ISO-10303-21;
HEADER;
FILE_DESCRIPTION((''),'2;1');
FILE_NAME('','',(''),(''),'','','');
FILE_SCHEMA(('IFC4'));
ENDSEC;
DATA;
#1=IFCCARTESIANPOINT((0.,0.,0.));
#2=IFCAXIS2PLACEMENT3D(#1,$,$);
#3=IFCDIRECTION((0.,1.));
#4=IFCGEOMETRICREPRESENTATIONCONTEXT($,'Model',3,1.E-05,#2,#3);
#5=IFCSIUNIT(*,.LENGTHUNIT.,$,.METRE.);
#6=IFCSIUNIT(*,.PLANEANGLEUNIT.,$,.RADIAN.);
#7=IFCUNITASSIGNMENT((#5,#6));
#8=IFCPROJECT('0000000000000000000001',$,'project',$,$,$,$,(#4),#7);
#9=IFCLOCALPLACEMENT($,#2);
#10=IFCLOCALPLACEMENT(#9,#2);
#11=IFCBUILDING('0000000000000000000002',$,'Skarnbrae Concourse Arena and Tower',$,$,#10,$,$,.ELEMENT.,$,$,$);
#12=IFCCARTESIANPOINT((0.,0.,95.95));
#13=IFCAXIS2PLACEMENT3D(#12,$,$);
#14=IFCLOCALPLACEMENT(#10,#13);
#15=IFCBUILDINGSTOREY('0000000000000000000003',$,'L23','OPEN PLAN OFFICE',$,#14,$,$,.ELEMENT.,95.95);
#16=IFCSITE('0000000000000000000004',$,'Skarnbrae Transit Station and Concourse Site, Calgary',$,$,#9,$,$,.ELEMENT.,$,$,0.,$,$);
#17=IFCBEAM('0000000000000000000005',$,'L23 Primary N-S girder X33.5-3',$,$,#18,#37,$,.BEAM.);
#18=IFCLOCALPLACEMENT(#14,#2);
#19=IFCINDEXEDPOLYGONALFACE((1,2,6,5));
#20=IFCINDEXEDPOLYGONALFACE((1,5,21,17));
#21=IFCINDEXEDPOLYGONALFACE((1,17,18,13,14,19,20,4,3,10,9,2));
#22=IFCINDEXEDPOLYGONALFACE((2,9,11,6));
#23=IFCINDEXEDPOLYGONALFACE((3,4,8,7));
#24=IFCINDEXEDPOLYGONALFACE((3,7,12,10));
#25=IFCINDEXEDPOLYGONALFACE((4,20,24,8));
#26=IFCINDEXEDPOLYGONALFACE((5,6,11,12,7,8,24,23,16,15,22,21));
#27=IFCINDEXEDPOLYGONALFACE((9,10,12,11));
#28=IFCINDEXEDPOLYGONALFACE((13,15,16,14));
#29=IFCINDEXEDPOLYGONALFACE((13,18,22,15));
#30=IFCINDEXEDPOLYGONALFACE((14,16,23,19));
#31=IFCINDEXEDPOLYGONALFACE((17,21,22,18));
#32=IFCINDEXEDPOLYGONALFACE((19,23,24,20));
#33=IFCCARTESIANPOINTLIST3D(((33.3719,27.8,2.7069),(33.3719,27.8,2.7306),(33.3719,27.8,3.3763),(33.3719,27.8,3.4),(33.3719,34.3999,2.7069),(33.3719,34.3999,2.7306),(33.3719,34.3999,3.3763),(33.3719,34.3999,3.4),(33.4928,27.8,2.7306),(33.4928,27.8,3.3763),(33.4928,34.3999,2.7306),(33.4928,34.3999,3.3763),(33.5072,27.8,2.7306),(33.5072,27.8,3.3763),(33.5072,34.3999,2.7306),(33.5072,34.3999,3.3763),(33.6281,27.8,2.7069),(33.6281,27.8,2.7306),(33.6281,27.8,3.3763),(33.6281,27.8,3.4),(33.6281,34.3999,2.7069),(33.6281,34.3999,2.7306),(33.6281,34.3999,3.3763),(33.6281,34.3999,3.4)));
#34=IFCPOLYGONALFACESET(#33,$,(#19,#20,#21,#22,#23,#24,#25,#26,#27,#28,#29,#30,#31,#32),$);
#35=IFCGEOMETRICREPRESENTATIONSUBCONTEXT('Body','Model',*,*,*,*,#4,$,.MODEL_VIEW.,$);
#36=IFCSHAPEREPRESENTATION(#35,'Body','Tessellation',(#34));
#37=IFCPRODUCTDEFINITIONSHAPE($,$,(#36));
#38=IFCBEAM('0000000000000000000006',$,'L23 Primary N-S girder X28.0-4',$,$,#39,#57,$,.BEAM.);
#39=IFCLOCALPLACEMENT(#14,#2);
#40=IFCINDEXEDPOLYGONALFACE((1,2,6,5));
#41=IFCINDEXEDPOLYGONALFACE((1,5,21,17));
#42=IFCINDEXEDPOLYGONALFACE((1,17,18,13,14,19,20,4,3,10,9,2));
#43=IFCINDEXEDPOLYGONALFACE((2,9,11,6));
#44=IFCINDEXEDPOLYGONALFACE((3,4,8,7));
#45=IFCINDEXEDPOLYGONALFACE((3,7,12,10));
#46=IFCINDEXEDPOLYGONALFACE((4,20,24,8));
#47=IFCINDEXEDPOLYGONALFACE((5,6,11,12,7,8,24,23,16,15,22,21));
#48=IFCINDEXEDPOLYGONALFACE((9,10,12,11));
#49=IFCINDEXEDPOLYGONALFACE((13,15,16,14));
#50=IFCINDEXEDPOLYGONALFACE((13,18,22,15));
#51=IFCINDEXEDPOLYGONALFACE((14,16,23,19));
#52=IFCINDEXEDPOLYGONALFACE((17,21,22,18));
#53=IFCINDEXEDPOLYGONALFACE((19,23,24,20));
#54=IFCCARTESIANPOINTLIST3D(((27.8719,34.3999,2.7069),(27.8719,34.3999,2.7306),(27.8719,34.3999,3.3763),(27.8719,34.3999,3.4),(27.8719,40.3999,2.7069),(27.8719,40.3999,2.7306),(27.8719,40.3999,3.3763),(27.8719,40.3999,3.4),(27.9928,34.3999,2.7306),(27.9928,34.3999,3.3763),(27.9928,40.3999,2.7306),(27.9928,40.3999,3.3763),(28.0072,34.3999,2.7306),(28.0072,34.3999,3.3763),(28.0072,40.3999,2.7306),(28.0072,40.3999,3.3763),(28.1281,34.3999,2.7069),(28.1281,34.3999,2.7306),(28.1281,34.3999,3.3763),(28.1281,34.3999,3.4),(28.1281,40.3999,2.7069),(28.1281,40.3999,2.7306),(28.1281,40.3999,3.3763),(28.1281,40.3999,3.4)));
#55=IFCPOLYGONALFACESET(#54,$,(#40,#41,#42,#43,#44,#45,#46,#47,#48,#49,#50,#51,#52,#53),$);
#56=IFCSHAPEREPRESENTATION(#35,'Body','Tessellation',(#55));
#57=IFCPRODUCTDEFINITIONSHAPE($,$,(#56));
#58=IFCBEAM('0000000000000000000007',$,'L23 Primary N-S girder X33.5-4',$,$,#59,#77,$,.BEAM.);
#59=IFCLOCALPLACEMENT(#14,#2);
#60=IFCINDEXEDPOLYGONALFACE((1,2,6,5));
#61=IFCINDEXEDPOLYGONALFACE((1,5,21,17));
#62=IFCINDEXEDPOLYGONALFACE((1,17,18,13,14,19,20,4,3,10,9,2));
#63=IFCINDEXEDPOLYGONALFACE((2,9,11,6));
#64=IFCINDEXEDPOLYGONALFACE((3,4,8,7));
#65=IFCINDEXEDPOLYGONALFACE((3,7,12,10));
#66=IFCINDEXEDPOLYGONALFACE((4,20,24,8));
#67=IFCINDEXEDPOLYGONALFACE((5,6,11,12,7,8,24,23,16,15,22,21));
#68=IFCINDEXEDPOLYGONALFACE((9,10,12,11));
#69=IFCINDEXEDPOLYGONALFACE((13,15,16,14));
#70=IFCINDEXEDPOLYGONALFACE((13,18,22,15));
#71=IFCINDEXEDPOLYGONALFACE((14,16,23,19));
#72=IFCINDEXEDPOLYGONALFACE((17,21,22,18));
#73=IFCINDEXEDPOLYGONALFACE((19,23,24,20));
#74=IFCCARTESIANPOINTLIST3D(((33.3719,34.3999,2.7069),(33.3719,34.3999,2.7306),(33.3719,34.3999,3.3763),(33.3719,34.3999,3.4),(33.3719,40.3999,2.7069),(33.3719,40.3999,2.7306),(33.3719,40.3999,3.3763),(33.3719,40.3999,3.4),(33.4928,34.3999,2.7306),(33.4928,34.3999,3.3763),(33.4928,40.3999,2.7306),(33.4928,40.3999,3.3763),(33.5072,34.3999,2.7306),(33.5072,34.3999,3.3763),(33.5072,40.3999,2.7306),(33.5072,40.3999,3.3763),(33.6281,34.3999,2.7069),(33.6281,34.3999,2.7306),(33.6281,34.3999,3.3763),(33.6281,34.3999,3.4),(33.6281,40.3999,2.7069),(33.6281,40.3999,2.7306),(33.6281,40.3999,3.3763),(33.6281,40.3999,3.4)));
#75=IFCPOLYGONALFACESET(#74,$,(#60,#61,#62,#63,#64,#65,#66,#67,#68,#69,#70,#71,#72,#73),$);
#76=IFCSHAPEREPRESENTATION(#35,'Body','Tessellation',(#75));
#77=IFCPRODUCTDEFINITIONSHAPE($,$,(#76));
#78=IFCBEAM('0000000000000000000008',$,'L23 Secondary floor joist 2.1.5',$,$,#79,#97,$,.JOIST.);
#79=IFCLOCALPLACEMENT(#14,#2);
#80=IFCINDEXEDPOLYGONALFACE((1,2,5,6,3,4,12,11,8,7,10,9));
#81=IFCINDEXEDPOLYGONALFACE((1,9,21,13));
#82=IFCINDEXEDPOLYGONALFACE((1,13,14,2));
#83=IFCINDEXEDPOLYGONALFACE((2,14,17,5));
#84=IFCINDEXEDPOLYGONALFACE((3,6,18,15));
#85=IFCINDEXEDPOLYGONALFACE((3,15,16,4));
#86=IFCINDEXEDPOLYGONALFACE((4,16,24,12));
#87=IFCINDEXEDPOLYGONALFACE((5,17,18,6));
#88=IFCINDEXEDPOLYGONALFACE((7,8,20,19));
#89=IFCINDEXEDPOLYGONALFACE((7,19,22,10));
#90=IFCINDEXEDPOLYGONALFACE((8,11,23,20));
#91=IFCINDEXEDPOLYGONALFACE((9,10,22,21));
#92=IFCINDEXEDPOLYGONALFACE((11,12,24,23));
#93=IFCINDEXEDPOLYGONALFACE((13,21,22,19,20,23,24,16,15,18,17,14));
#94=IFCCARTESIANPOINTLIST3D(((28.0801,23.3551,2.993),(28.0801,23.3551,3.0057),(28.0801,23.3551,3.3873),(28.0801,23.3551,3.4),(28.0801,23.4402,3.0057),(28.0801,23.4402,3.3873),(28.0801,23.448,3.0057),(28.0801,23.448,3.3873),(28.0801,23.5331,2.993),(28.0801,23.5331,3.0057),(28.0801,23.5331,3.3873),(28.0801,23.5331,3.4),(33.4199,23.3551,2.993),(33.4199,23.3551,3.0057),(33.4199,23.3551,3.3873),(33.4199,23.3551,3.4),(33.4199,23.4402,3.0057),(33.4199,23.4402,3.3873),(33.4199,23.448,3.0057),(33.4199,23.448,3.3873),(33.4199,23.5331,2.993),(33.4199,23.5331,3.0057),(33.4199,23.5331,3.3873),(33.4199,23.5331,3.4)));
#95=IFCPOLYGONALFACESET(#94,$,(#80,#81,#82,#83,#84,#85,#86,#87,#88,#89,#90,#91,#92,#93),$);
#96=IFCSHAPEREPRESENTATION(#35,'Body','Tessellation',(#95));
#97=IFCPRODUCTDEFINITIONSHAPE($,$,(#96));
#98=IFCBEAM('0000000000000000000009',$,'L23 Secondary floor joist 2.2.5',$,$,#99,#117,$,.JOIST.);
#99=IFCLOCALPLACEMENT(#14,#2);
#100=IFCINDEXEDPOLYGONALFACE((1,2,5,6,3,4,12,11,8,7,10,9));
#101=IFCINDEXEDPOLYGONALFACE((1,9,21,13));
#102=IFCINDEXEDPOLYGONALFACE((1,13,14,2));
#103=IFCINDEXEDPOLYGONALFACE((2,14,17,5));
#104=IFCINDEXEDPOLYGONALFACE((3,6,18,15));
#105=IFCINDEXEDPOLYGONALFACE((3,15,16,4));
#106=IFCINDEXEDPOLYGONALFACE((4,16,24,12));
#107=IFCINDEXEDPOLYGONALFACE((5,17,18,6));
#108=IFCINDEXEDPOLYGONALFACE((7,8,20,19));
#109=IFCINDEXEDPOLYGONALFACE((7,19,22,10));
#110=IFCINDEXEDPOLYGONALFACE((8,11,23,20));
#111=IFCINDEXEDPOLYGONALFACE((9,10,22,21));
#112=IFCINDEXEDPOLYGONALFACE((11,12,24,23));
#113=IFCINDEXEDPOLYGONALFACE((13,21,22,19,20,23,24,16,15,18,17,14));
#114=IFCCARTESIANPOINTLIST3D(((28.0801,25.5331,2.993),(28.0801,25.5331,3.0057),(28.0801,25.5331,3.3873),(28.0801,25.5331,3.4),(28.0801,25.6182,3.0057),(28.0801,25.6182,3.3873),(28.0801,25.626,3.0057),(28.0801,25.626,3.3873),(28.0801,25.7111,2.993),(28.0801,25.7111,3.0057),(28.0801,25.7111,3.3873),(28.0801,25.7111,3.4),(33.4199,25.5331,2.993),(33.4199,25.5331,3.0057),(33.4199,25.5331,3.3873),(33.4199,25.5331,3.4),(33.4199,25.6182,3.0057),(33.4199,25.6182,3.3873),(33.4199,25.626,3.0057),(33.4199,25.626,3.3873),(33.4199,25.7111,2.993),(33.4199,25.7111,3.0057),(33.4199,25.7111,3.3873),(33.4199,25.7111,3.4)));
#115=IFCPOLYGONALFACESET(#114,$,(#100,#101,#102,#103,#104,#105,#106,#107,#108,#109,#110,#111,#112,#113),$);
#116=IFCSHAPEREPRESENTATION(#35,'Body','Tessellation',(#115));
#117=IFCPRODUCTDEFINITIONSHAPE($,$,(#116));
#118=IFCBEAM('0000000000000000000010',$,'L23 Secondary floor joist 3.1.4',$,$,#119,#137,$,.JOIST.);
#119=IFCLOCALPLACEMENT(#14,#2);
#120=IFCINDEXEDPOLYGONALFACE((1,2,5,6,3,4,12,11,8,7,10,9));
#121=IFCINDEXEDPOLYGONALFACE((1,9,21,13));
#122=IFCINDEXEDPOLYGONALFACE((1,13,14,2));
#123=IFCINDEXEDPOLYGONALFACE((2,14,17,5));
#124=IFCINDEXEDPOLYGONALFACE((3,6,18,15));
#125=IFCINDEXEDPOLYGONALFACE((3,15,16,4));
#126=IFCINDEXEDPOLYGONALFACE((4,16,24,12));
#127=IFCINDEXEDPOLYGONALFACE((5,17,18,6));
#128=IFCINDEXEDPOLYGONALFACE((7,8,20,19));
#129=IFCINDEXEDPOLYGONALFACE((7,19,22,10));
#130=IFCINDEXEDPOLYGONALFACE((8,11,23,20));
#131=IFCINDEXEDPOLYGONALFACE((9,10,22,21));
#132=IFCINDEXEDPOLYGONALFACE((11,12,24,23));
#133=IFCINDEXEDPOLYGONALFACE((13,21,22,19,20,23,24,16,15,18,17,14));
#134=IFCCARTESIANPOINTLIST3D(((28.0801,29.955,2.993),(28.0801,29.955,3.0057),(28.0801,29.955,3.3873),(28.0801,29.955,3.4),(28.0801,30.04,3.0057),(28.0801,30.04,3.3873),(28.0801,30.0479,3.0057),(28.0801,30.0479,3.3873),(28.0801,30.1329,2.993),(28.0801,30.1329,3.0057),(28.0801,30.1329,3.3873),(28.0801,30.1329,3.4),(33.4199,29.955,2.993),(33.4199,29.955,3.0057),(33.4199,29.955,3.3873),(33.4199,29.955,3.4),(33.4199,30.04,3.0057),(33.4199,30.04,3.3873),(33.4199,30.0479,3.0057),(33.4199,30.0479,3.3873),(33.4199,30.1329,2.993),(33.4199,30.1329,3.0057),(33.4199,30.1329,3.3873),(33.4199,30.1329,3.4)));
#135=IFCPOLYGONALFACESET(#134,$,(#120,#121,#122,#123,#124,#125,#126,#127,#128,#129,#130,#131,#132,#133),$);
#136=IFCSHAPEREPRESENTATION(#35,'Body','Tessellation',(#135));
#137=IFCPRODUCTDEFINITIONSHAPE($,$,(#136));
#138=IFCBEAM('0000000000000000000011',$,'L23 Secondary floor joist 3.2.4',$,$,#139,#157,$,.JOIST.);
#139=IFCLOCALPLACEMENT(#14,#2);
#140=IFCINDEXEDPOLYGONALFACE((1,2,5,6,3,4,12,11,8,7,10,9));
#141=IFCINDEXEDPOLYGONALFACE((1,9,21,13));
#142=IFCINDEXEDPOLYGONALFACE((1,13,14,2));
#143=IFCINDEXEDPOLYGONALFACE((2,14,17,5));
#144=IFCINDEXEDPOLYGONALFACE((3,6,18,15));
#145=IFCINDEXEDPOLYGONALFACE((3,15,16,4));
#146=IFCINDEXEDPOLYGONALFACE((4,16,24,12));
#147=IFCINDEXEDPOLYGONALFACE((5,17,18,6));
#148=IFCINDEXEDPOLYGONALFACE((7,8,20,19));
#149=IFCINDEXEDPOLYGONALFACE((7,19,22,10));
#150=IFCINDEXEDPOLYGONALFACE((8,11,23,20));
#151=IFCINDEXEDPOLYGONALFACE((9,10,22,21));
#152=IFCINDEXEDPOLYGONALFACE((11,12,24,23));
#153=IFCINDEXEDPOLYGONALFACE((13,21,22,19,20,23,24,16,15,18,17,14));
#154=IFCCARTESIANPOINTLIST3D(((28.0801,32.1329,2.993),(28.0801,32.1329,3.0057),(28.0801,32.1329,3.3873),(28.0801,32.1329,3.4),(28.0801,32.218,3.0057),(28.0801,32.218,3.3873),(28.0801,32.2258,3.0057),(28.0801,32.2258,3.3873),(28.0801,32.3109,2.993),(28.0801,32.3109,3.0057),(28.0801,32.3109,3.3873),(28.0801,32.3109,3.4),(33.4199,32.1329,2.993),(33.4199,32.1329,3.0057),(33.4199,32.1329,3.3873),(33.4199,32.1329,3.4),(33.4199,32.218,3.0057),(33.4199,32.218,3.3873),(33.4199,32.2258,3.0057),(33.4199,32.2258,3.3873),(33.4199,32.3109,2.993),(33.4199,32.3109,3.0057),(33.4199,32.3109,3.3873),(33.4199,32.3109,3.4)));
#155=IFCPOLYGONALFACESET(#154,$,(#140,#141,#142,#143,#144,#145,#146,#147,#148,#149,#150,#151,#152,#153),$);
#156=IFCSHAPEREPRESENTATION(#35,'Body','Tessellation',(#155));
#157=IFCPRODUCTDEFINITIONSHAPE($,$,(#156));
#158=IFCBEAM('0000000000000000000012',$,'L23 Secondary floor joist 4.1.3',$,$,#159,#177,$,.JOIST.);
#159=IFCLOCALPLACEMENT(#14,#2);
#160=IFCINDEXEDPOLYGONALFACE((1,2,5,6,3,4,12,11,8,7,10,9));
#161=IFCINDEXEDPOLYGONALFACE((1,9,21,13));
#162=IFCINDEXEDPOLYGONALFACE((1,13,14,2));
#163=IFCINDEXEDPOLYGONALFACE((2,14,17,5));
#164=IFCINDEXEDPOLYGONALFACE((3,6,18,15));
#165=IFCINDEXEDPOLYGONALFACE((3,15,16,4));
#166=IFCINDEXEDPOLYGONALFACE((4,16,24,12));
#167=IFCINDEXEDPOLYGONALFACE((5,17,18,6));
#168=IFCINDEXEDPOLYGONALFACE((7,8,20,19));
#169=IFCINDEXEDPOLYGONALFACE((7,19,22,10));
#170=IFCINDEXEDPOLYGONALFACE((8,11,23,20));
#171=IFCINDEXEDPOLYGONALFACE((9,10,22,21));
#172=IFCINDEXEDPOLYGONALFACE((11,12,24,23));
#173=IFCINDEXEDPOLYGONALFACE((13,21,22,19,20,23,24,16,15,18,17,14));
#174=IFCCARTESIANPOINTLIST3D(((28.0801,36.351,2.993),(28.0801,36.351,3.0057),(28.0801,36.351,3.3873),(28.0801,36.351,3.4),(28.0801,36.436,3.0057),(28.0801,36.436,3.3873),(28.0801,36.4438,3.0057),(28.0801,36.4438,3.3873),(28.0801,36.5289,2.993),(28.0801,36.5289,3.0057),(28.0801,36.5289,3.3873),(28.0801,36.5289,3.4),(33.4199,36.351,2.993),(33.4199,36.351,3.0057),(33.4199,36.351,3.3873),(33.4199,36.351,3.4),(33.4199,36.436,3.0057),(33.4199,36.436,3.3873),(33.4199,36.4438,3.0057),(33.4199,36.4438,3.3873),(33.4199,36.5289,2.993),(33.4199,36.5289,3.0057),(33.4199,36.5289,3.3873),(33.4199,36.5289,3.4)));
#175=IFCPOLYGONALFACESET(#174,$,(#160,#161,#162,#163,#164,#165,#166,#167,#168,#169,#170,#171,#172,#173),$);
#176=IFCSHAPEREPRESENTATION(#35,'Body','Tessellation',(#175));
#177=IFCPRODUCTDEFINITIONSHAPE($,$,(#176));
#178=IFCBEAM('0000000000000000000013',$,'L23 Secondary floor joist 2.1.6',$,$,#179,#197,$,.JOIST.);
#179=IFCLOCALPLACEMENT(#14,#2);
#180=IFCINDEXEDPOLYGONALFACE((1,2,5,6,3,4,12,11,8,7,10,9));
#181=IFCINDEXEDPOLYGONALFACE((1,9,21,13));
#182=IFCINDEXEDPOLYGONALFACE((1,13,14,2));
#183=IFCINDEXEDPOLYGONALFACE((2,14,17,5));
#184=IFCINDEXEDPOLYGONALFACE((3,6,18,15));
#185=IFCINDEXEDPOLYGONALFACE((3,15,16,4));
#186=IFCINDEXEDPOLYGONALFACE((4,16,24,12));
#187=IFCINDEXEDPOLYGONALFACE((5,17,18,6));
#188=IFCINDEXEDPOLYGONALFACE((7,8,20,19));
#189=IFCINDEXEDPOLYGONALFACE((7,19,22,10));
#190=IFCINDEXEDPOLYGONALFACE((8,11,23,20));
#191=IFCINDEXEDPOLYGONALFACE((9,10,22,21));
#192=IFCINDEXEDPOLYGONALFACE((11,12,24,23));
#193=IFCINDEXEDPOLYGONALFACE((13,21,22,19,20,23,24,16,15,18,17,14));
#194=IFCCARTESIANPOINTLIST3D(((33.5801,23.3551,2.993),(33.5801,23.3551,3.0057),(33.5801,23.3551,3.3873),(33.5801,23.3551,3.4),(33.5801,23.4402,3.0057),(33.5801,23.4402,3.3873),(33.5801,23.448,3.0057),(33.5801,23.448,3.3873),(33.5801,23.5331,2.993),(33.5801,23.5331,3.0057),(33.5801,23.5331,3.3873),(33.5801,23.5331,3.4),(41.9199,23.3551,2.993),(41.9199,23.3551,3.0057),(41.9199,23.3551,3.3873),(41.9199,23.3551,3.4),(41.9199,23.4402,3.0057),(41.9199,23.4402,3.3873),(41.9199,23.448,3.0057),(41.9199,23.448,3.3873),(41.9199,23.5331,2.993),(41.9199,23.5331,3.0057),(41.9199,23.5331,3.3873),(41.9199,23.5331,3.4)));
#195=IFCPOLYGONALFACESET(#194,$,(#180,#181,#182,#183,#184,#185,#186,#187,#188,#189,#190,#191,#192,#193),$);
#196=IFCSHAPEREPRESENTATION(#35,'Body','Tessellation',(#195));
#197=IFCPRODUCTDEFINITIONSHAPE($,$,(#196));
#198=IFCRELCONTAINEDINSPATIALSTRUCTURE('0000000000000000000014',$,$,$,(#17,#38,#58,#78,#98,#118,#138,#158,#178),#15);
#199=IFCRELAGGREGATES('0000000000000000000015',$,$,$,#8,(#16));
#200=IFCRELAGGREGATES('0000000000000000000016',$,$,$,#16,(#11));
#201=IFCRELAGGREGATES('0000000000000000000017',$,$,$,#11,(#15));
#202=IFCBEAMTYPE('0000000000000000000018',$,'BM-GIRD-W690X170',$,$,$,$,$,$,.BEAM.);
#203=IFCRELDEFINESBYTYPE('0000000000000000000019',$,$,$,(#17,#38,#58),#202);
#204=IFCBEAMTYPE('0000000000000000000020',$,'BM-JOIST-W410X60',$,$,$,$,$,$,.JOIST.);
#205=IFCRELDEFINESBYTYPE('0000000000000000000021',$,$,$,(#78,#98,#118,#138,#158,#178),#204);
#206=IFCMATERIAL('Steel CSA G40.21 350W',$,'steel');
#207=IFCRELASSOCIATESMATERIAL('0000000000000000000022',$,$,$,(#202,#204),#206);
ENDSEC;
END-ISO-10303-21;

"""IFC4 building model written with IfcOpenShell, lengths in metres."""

from ifc_helpers import new_model, si_unit, direction, frame, origin, origin_2d, place, context, subcontext, project, spatial, i_section, extrude, source, transform, mapped, material, material_profile, profile_set, type_object, element, save


model = new_model("IFC4")

# Units and contexts
model_context = context("Model", 3, precision=1e-05, world=origin(), true_north=direction((0.0, 1.0)))
body_context = subcontext(model_context, "Body", "Model", "MODEL_VIEW")
ifc_project = project(units=[si_unit("LENGTHUNIT", "METRE"), si_unit("PLANEANGLEUNIT", "RADIAN")], contexts=[model_context])

# Site, building, storey
site_placement = place(None, origin())
site = spatial("IfcSite", under=ifc_project, at=site_placement, Name="Skarnbrae Transit Station and Concourse Site, Calgary", CompositionType="ELEMENT", RefElevation=0.0)
building_placement = place(site_placement, origin())
building = spatial("IfcBuilding", under=site, at=building_placement, Name="Skarnbrae Concourse Arena and Tower", CompositionType="ELEMENT")
storey_placement = place(building_placement, frame((0.0, 0.0, 95.95)))
storey = spatial("IfcBuildingStorey", under=building, at=storey_placement, Name="L23", Description="OPEN PLAN OFFICE", CompositionType="ELEMENT", Elevation=95.95)

# Shared definitions
ifc_material_1 = material(Name="Steel CSA G40.21 350W", Category="steel")

# Beams
ifc_material_profile_1 = material_profile(ifc_material_1, i_section(OverallWidth=0.2561, OverallDepth=0.6931, WebThickness=0.0144, FlangeThickness=0.0237, at=origin_2d()), Name="W690X170")
ifc_profile_set_1 = profile_set([ifc_material_profile_1], Name="Steel CSA G40.21 350W")
beam_type_1 = type_object("IfcBeamType", Name="BM-GIRD-W690X170", PredefinedType="BEAM", material=ifc_profile_set_1)
shared_shape_1 = source(origin(), body_context, "Body", "SweptSolid", [
    extrude(i_section(OverallWidth=0.2561, OverallDepth=0.6931, WebThickness=0.0144, FlangeThickness=0.0237, at=origin_2d()), origin(), (0.0, 0.0, 1.0), 6.5999),
])
for number, where, z_axis, x_axis, name in (
    (1, (33.5, 27.8, 3.0535), (0.0, 1.0, 0.0), (-1.0, 0.0, 0.0), "L23 Primary N-S girder X33.5-3"),
):
    element("IfcBeam", number, at=place(storey_placement, frame(where, z_axis=z_axis, x_axis=x_axis)), inside=storey, type_object=beam_type_1, Name=name, PredefinedType="BEAM", context=body_context, shape_type="MappedRepresentation", body=[
        mapped(shared_shape_1, transform((0.0, 0.0, 0.0))),
    ])
shared_shape_2 = source(origin(), body_context, "Body", "SweptSolid", [
    extrude(i_section(OverallWidth=0.2561, OverallDepth=0.6931, WebThickness=0.0144, FlangeThickness=0.0237, at=origin_2d()), origin(), (0.0, 0.0, 1.0), 6.0),
])
for number, where, z_axis, x_axis, name in (
    (2, (28.0, 34.3999, 3.0535), (0.0, 1.0, 0.0), (-1.0, 0.0, 0.0), "L23 Primary N-S girder X28.0-4"),
    (3, (33.5, 34.3999, 3.0535), (0.0, 1.0, 0.0), (-1.0, 0.0, 0.0), "L23 Primary N-S girder X33.5-4"),
):
    element("IfcBeam", number, at=place(storey_placement, frame(where, z_axis=z_axis, x_axis=x_axis)), inside=storey, type_object=beam_type_1, Name=name, PredefinedType="BEAM", context=body_context, shape_type="MappedRepresentation", body=[
        mapped(shared_shape_2, transform((0.0, 0.0, 0.0))),
    ])
ifc_material_profile_2 = material_profile(ifc_material_1, i_section(OverallWidth=0.178, OverallDepth=0.407, WebThickness=0.0078, FlangeThickness=0.0127, at=origin_2d()), Name="W410X60")
ifc_profile_set_2 = profile_set([ifc_material_profile_2], Name="Steel CSA G40.21 350W")
beam_type_2 = type_object("IfcBeamType", Name="BM-JOIST-W410X60", PredefinedType="JOIST", material=ifc_profile_set_2)
shared_shape_3 = source(origin(), body_context, "Body", "SweptSolid", [
    extrude(i_section(OverallWidth=0.178, OverallDepth=0.407, WebThickness=0.0078, FlangeThickness=0.0127, at=origin_2d()), origin(), (0.0, 0.0, 1.0), 5.3398),
])
for number, where, z_axis, x_axis, name in (
    (4, (28.0801, 23.4441, 3.1965), (1.0, 0.0, 0.0), (0.0, 1.0, 0.0), "L23 Secondary floor joist 2.1.5"),
    (5, (28.0801, 25.6221, 3.1965), (1.0, 0.0, 0.0), (0.0, 1.0, 0.0), "L23 Secondary floor joist 2.2.5"),
    (6, (28.0801, 30.0439, 3.1965), (1.0, 0.0, 0.0), (0.0, 1.0, 0.0), "L23 Secondary floor joist 3.1.4"),
    (7, (28.0801, 32.2219, 3.1965), (1.0, 0.0, 0.0), (0.0, 1.0, 0.0), "L23 Secondary floor joist 3.2.4"),
    (8, (28.0801, 36.4399, 3.1965), (1.0, 0.0, 0.0), (0.0, 1.0, 0.0), "L23 Secondary floor joist 4.1.3"),
):
    element("IfcBeam", number, at=place(storey_placement, frame(where, z_axis=z_axis, x_axis=x_axis)), inside=storey, type_object=beam_type_2, Name=name, PredefinedType="JOIST", context=body_context, shape_type="MappedRepresentation", body=[
        mapped(shared_shape_3, transform((0.0, 0.0, 0.0))),
    ])
shared_shape_4 = source(origin(), body_context, "Body", "SweptSolid", [
    extrude(i_section(OverallWidth=0.178, OverallDepth=0.407, WebThickness=0.0078, FlangeThickness=0.0127, at=origin_2d()), origin(), (0.0, 0.0, 1.0), 8.3398),
])
for number, where, z_axis, x_axis, name in (
    (9, (33.5801, 23.4441, 3.1965), (1.0, 0.0, 0.0), (0.0, 1.0, 0.0), "L23 Secondary floor joist 2.1.6"),
):
    element("IfcBeam", number, at=place(storey_placement, frame(where, z_axis=z_axis, x_axis=x_axis)), inside=storey, type_object=beam_type_2, Name=name, PredefinedType="JOIST", context=body_context, shape_type="MappedRepresentation", body=[
        mapped(shared_shape_4, transform((0.0, 0.0, 0.0))),
    ])

save(model, "model.ifc")
